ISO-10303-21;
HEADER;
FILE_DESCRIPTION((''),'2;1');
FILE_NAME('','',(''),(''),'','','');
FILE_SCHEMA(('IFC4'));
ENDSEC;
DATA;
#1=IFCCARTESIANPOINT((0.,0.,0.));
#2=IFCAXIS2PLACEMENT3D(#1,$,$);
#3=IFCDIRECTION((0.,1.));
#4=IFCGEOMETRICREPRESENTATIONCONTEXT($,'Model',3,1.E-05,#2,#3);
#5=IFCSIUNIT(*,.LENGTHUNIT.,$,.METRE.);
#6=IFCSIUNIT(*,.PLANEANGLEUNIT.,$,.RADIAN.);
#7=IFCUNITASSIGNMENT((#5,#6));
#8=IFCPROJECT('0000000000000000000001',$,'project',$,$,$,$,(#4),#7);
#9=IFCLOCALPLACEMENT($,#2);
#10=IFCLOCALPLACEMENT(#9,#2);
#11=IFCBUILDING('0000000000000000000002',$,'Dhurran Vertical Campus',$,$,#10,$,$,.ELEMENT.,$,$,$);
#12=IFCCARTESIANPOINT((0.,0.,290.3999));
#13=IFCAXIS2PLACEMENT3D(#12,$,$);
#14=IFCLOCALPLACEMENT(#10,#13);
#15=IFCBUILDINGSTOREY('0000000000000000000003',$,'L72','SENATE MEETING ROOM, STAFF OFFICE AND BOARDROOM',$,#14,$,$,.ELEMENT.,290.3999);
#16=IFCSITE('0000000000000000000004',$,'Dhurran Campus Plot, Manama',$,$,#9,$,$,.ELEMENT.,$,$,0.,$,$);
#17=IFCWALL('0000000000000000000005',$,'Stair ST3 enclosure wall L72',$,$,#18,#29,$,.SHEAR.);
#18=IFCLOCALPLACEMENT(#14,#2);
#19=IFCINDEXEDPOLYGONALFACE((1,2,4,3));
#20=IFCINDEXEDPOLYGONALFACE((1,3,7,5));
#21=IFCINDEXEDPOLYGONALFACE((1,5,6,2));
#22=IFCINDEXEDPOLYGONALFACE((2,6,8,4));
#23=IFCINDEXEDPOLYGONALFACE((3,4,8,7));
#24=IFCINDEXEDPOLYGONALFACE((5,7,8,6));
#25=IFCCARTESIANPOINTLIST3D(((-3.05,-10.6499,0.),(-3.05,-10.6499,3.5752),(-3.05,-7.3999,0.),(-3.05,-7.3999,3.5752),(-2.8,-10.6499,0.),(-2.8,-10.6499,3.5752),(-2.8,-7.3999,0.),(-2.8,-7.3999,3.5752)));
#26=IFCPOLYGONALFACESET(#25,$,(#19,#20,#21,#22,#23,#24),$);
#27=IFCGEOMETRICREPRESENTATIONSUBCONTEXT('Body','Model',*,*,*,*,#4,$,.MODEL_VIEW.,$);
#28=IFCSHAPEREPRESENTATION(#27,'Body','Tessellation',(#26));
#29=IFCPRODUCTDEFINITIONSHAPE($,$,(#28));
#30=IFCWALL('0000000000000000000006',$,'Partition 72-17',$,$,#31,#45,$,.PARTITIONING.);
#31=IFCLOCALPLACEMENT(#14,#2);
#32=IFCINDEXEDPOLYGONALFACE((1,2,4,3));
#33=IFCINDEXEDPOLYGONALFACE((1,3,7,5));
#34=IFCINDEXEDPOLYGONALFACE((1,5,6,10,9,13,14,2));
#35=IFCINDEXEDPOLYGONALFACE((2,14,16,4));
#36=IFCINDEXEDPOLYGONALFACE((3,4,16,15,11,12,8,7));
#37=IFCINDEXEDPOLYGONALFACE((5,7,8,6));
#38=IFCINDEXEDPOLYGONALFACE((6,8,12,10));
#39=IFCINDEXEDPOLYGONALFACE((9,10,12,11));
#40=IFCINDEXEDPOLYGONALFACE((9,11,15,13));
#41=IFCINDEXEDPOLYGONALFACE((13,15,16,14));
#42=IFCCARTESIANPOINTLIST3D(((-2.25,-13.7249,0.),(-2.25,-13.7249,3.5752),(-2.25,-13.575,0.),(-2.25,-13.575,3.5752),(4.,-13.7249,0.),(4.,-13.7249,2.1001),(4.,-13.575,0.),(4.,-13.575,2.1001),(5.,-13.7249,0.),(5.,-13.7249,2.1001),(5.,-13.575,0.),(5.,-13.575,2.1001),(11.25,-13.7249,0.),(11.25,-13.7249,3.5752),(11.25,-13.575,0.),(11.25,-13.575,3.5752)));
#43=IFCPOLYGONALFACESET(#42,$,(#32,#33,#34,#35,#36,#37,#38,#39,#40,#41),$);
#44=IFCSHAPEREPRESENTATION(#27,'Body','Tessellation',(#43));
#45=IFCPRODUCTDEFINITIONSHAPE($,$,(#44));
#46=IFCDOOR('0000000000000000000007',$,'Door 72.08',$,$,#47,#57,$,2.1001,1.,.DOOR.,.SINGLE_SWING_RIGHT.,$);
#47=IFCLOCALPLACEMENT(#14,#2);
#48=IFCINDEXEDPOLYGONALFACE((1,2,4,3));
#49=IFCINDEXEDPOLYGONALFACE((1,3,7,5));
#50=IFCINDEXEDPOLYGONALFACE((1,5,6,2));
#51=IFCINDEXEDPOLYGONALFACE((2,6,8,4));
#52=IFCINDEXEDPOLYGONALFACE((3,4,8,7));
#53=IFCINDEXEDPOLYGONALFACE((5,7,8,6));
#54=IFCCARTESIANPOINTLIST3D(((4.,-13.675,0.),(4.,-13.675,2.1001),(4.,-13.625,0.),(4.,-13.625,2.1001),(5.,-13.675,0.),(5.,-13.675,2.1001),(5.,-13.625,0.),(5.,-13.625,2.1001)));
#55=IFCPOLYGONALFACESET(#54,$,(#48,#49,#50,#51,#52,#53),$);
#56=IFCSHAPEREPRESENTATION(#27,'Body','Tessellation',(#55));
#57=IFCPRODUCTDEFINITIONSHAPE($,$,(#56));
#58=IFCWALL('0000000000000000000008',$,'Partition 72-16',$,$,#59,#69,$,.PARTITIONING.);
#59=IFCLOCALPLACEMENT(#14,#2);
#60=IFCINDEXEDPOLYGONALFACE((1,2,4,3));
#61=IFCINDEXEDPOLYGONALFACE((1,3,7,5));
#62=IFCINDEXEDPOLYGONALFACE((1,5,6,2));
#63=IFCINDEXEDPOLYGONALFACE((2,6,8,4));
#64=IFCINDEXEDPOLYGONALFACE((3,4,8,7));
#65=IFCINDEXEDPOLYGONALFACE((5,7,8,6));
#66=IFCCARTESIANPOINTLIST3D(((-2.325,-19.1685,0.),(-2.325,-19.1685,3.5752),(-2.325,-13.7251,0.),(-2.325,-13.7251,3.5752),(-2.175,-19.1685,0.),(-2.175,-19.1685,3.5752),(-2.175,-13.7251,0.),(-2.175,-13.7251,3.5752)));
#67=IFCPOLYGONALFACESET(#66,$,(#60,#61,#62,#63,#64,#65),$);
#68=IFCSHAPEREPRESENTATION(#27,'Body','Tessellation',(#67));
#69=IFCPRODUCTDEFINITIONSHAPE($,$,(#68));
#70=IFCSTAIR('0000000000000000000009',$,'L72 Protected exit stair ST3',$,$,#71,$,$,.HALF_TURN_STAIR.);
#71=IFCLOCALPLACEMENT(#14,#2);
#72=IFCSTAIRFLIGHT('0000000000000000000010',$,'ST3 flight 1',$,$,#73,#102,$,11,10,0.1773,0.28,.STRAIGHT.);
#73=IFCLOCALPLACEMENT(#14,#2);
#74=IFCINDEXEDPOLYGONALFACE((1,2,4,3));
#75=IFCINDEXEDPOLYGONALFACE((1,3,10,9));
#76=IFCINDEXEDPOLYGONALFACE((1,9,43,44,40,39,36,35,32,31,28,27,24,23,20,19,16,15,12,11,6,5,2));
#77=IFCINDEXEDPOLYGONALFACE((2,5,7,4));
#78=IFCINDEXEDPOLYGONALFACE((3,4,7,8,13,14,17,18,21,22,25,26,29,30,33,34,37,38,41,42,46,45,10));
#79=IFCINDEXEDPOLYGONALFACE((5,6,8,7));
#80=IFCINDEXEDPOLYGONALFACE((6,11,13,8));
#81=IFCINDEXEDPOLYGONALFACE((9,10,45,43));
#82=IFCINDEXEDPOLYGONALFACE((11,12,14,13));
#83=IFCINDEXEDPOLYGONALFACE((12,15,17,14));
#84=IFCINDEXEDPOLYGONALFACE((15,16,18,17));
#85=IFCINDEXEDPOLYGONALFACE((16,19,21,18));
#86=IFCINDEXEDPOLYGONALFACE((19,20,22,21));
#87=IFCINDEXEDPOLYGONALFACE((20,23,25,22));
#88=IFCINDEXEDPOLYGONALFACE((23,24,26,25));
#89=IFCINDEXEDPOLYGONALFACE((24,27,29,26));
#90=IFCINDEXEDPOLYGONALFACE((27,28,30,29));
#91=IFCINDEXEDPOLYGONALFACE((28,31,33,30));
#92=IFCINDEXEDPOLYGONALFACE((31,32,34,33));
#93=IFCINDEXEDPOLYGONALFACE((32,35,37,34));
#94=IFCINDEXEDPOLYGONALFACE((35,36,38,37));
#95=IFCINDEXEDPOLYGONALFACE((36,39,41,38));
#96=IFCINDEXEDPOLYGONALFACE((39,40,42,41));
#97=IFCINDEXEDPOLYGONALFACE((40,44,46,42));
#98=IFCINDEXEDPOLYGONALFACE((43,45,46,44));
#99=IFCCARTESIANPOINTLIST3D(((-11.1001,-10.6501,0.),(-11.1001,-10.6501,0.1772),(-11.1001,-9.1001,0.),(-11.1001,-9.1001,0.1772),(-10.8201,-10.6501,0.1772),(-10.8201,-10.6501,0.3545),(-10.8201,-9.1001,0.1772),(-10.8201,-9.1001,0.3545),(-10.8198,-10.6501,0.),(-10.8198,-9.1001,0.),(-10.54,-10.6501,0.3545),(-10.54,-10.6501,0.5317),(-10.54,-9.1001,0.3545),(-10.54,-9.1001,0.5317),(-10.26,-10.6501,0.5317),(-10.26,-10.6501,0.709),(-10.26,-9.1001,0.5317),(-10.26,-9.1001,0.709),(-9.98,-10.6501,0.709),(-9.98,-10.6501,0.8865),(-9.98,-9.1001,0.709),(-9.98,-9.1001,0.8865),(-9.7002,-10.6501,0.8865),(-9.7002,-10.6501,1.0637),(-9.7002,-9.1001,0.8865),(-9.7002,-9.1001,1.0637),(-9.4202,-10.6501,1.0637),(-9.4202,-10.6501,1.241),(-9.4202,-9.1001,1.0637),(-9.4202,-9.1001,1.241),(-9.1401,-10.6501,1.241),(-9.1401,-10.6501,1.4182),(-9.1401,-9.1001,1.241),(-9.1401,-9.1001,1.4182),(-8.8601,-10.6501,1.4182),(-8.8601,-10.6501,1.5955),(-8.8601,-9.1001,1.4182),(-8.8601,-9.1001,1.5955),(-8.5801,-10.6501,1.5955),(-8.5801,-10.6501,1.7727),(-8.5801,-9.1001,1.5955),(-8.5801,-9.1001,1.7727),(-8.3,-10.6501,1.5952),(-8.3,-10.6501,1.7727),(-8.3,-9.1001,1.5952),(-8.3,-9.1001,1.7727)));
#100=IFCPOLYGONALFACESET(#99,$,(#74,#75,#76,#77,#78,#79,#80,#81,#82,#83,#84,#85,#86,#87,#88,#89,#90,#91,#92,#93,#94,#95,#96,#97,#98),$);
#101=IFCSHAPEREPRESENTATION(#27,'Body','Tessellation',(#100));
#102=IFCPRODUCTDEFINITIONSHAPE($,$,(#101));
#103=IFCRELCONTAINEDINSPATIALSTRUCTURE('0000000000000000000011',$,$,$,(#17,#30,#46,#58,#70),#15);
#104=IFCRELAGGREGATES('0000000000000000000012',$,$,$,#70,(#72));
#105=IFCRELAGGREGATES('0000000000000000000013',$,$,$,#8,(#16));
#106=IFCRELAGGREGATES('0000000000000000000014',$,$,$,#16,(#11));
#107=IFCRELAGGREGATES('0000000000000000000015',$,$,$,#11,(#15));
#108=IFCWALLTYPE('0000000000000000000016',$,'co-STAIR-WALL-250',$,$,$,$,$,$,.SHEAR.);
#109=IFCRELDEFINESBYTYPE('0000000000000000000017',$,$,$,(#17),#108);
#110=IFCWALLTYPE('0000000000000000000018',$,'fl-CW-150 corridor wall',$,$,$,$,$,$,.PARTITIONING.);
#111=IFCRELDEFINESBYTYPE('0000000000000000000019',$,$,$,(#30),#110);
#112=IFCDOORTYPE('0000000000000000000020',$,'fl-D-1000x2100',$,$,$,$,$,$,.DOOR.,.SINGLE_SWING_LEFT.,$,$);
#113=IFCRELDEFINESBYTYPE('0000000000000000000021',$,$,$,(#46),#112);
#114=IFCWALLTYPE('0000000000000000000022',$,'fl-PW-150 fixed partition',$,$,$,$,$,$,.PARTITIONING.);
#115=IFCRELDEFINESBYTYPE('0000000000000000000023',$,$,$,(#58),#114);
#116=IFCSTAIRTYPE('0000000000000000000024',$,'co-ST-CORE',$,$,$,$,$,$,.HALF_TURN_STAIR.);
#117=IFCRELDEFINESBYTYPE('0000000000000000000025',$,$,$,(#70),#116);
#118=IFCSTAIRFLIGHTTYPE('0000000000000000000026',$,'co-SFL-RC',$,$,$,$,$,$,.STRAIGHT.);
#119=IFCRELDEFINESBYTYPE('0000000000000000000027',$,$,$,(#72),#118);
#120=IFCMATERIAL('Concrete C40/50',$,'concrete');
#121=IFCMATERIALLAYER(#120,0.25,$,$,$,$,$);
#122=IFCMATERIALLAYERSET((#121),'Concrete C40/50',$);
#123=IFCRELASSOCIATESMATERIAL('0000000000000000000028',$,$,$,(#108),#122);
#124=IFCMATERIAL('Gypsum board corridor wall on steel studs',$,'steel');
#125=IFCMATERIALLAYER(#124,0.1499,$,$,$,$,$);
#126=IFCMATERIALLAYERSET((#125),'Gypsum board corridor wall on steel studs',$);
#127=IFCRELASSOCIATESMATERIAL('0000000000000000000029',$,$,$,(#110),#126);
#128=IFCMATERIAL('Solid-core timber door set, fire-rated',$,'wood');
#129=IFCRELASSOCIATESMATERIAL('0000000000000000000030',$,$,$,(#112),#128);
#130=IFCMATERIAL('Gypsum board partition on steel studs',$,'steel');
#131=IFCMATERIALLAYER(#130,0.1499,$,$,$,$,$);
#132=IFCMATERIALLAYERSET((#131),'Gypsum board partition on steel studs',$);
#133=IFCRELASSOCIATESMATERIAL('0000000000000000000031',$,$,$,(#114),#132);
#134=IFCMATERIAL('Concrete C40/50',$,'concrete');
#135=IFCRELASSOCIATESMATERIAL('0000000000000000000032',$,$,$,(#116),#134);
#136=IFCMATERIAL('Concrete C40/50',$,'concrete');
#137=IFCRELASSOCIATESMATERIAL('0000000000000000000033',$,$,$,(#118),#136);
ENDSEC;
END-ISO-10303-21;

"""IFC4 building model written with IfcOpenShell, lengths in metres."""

from ifc_helpers import new_model, si_unit, direction, frame, frame_2d, origin, place, context, subcontext, project, spatial, polyline, rectangle, outline, extrude, material, layer, layer_set, type_object, element, fill, aggregate, save


model = new_model("IFC4")

# Units and contexts
model_context = context("Model", 3, precision=1e-05, world=origin(), true_north=direction((0.0, 1.0)))
body_context = subcontext(model_context, "Body", "Model", "MODEL_VIEW")
ifc_project = project(units=[si_unit("LENGTHUNIT", "METRE"), si_unit("PLANEANGLEUNIT", "RADIAN")], contexts=[model_context])

# Site, building, storey
site_placement = place(None, origin())
site = spatial("IfcSite", under=ifc_project, at=site_placement, Name="Dhurran Campus Plot, Manama", CompositionType="ELEMENT", RefElevation=0.0)
building_placement = place(site_placement, origin())
building = spatial("IfcBuilding", under=site, at=building_placement, Name="Dhurran Vertical Campus", CompositionType="ELEMENT")
storey_placement = place(building_placement, frame((0.0, 0.0, 290.3999)))
storey = spatial("IfcBuildingStorey", under=building, at=storey_placement, Name="L72", Description="SENATE MEETING ROOM, STAFF OFFICE AND BOARDROOM", CompositionType="ELEMENT", Elevation=290.3999)

# Wall
ifc_material_1 = material(Name="Concrete C40/50", Category="concrete")
ifc_layer_1 = layer(ifc_material_1, 0.25)
ifc_layer_set_1 = layer_set([ifc_layer_1], Name="Concrete C40/50")
wall_type_1 = type_object("IfcWallType", Name="co-STAIR-WALL-250", PredefinedType="SHEAR", material=ifc_layer_set_1)
wall_1_placement = place(storey_placement, frame((-2.925, -10.6499, 0.0), z_axis=(0.0, 0.0, 1.0), x_axis=(0.0, 1.0, 0.0)))
element("IfcWall", 1, at=wall_1_placement, inside=storey, type_object=wall_type_1, Name="Stair ST3 enclosure wall L72", PredefinedType="SHEAR", context=body_context, shape_type="SweptSolid", body=[
    extrude(rectangle(XDim=3.25, YDim=0.25, at=frame_2d((1.625, 0.0))), origin(), (0.0, 0.0, 1.0), 3.5752),
])

# Wall, opening, door
ifc_material_2 = material(Name="Gypsum board corridor wall on steel studs", Category="steel")
ifc_layer_2 = layer(ifc_material_2, 0.1499)
ifc_layer_set_2 = layer_set([ifc_layer_2], Name="Gypsum board corridor wall on steel studs")
wall_type_2 = type_object("IfcWallType", Name="fl-CW-150 corridor wall", PredefinedType="PARTITIONING", material=ifc_layer_set_2)
wall_2_placement = place(storey_placement, frame((-2.25, -13.6499, 0.0), z_axis=(0.0, 0.0, 1.0), x_axis=(1.0, 0.0, 0.0)))
wall_2 = element("IfcWall", 2, at=wall_2_placement, inside=storey, type_object=wall_type_2, Name="Partition 72-17", PredefinedType="PARTITIONING", context=body_context, shape_type="SweptSolid", body=[
    extrude(rectangle(XDim=13.5, YDim=0.1499, at=frame_2d((6.75, 0.0))), origin(), (0.0, 0.0, 1.0), 3.5752),
])
opening_1_placement = place(wall_2_placement, frame((6.25, 0.0, 0.0)))
opening_1 = element("IfcOpeningElement", 3, at=opening_1_placement, cuts=wall_2, PredefinedType="OPENING", context=body_context, shape_type="SweptSolid", body=[
    extrude(rectangle(XDim=1.0, YDim=2.1001, at=frame_2d((0.5, 1.05))), frame((0.0, 0.085, 0.0), z_axis=(0.0, -1.0, 0.0), x_axis=(1.0, 0.0, 0.0)), (0.0, 0.0, 1.0), 0.1699),
])
ifc_material_3 = material(Name="Solid-core timber door set, fire-rated", Category="wood")
door_type_1 = type_object("IfcDoorType", Name="fl-D-1000x2100", OperationType="SINGLE_SWING_LEFT", PredefinedType="DOOR", material=ifc_material_3)
door_1_placement = place(opening_1_placement, origin())
door_1 = element("IfcDoor", 4, at=door_1_placement, inside=storey, type_object=door_type_1, Name="Door 72.08", OperationType="SINGLE_SWING_RIGHT", OverallHeight=2.1001, OverallWidth=1.0, PredefinedType="DOOR", context=body_context, shape_type="SweptSolid", body=[
    extrude(rectangle(XDim=1.0, YDim=2.1001, at=frame_2d((0.5, 1.05))), frame((0.0, 0.0249, 0.0), z_axis=(0.0, -1.0, 0.0), x_axis=(1.0, 0.0, 0.0)), (0.0, 0.0, 1.0), 0.05),
])
fill(opening_1, door_1)

# Wall
ifc_material_4 = material(Name="Gypsum board partition on steel studs", Category="steel")
ifc_layer_3 = layer(ifc_material_4, 0.1499)
ifc_layer_set_3 = layer_set([ifc_layer_3], Name="Gypsum board partition on steel studs")
wall_type_3 = type_object("IfcWallType", Name="fl-PW-150 fixed partition", PredefinedType="PARTITIONING", material=ifc_layer_set_3)
wall_3_placement = place(storey_placement, frame((-2.25, -13.7251, 0.0), z_axis=(0.0, 0.0, 1.0), x_axis=(0.0, -1.0, 0.0)))
element("IfcWall", 5, at=wall_3_placement, inside=storey, type_object=wall_type_3, Name="Partition 72-16", PredefinedType="PARTITIONING", context=body_context, shape_type="SweptSolid", body=[
    extrude(rectangle(XDim=5.4434, YDim=0.1499, at=frame_2d((2.7217, 0.0))), origin(), (0.0, 0.0, 1.0), 3.5752),
])

# Stair, stair flight
ifc_material_5 = material(Name="Concrete C40/50", Category="concrete")
stair_type = type_object("IfcStairType", Name="co-ST-CORE", PredefinedType="HALF_TURN_STAIR", material=ifc_material_5)
stair_placement = place(storey_placement, origin())
stair = element("IfcStair", 6, at=stair_placement, inside=storey, type_object=stair_type, Name="L72 Protected exit stair ST3", PredefinedType="HALF_TURN_STAIR")
ifc_material_6 = material(Name="Concrete C40/50", Category="concrete")
stair_flight_type = type_object("IfcStairFlightType", Name="co-SFL-RC", PredefinedType="STRAIGHT", material=ifc_material_6)
stair_flight_placement = place(storey_placement, frame((-11.1001, -9.875, 0.0), z_axis=(0.0, 0.0, 1.0), x_axis=(1.0, 0.0, 0.0)))
stair_flight = element("IfcStairFlight", 7, at=stair_flight_placement, type_object=stair_flight_type, Name="ST3 flight 1", NumberOfRisers=11, NumberOfTreads=10, PredefinedType="STRAIGHT", RiserHeight=0.1773, TreadLength=0.28, context=body_context, shape_type="SweptSolid", body=[
    extrude(outline(polyline([(0.0, 0.0), (0.0, 0.1772), (0.28, 0.1772), (0.28, 0.3545), (0.5601, 0.3545), (0.5601, 0.5317), (0.8401, 0.5317), (0.8401, 0.709), (1.1201, 0.709), (1.1201, 0.8865), (1.3999, 0.8865), (1.3999, 1.0637), (1.6799, 1.0637), (1.6799, 1.241), (1.96, 1.241), (1.96, 1.4182), (2.24, 1.4182), (2.24, 1.5955), (2.52, 1.5955), (2.52, 1.7727), (2.8, 1.7727), (2.8, 1.95), (2.8, 1.5952), (0.2803, 0.0), (0.0, 0.0)])), frame((0.0, 0.7749, 0.0), z_axis=(0.0, -1.0, 0.0), x_axis=(1.0, 0.0, 0.0)), (0.0, 0.0, 1.0), 1.55),
])
aggregate(stair, [stair_flight])

save(model, "model.ifc")
